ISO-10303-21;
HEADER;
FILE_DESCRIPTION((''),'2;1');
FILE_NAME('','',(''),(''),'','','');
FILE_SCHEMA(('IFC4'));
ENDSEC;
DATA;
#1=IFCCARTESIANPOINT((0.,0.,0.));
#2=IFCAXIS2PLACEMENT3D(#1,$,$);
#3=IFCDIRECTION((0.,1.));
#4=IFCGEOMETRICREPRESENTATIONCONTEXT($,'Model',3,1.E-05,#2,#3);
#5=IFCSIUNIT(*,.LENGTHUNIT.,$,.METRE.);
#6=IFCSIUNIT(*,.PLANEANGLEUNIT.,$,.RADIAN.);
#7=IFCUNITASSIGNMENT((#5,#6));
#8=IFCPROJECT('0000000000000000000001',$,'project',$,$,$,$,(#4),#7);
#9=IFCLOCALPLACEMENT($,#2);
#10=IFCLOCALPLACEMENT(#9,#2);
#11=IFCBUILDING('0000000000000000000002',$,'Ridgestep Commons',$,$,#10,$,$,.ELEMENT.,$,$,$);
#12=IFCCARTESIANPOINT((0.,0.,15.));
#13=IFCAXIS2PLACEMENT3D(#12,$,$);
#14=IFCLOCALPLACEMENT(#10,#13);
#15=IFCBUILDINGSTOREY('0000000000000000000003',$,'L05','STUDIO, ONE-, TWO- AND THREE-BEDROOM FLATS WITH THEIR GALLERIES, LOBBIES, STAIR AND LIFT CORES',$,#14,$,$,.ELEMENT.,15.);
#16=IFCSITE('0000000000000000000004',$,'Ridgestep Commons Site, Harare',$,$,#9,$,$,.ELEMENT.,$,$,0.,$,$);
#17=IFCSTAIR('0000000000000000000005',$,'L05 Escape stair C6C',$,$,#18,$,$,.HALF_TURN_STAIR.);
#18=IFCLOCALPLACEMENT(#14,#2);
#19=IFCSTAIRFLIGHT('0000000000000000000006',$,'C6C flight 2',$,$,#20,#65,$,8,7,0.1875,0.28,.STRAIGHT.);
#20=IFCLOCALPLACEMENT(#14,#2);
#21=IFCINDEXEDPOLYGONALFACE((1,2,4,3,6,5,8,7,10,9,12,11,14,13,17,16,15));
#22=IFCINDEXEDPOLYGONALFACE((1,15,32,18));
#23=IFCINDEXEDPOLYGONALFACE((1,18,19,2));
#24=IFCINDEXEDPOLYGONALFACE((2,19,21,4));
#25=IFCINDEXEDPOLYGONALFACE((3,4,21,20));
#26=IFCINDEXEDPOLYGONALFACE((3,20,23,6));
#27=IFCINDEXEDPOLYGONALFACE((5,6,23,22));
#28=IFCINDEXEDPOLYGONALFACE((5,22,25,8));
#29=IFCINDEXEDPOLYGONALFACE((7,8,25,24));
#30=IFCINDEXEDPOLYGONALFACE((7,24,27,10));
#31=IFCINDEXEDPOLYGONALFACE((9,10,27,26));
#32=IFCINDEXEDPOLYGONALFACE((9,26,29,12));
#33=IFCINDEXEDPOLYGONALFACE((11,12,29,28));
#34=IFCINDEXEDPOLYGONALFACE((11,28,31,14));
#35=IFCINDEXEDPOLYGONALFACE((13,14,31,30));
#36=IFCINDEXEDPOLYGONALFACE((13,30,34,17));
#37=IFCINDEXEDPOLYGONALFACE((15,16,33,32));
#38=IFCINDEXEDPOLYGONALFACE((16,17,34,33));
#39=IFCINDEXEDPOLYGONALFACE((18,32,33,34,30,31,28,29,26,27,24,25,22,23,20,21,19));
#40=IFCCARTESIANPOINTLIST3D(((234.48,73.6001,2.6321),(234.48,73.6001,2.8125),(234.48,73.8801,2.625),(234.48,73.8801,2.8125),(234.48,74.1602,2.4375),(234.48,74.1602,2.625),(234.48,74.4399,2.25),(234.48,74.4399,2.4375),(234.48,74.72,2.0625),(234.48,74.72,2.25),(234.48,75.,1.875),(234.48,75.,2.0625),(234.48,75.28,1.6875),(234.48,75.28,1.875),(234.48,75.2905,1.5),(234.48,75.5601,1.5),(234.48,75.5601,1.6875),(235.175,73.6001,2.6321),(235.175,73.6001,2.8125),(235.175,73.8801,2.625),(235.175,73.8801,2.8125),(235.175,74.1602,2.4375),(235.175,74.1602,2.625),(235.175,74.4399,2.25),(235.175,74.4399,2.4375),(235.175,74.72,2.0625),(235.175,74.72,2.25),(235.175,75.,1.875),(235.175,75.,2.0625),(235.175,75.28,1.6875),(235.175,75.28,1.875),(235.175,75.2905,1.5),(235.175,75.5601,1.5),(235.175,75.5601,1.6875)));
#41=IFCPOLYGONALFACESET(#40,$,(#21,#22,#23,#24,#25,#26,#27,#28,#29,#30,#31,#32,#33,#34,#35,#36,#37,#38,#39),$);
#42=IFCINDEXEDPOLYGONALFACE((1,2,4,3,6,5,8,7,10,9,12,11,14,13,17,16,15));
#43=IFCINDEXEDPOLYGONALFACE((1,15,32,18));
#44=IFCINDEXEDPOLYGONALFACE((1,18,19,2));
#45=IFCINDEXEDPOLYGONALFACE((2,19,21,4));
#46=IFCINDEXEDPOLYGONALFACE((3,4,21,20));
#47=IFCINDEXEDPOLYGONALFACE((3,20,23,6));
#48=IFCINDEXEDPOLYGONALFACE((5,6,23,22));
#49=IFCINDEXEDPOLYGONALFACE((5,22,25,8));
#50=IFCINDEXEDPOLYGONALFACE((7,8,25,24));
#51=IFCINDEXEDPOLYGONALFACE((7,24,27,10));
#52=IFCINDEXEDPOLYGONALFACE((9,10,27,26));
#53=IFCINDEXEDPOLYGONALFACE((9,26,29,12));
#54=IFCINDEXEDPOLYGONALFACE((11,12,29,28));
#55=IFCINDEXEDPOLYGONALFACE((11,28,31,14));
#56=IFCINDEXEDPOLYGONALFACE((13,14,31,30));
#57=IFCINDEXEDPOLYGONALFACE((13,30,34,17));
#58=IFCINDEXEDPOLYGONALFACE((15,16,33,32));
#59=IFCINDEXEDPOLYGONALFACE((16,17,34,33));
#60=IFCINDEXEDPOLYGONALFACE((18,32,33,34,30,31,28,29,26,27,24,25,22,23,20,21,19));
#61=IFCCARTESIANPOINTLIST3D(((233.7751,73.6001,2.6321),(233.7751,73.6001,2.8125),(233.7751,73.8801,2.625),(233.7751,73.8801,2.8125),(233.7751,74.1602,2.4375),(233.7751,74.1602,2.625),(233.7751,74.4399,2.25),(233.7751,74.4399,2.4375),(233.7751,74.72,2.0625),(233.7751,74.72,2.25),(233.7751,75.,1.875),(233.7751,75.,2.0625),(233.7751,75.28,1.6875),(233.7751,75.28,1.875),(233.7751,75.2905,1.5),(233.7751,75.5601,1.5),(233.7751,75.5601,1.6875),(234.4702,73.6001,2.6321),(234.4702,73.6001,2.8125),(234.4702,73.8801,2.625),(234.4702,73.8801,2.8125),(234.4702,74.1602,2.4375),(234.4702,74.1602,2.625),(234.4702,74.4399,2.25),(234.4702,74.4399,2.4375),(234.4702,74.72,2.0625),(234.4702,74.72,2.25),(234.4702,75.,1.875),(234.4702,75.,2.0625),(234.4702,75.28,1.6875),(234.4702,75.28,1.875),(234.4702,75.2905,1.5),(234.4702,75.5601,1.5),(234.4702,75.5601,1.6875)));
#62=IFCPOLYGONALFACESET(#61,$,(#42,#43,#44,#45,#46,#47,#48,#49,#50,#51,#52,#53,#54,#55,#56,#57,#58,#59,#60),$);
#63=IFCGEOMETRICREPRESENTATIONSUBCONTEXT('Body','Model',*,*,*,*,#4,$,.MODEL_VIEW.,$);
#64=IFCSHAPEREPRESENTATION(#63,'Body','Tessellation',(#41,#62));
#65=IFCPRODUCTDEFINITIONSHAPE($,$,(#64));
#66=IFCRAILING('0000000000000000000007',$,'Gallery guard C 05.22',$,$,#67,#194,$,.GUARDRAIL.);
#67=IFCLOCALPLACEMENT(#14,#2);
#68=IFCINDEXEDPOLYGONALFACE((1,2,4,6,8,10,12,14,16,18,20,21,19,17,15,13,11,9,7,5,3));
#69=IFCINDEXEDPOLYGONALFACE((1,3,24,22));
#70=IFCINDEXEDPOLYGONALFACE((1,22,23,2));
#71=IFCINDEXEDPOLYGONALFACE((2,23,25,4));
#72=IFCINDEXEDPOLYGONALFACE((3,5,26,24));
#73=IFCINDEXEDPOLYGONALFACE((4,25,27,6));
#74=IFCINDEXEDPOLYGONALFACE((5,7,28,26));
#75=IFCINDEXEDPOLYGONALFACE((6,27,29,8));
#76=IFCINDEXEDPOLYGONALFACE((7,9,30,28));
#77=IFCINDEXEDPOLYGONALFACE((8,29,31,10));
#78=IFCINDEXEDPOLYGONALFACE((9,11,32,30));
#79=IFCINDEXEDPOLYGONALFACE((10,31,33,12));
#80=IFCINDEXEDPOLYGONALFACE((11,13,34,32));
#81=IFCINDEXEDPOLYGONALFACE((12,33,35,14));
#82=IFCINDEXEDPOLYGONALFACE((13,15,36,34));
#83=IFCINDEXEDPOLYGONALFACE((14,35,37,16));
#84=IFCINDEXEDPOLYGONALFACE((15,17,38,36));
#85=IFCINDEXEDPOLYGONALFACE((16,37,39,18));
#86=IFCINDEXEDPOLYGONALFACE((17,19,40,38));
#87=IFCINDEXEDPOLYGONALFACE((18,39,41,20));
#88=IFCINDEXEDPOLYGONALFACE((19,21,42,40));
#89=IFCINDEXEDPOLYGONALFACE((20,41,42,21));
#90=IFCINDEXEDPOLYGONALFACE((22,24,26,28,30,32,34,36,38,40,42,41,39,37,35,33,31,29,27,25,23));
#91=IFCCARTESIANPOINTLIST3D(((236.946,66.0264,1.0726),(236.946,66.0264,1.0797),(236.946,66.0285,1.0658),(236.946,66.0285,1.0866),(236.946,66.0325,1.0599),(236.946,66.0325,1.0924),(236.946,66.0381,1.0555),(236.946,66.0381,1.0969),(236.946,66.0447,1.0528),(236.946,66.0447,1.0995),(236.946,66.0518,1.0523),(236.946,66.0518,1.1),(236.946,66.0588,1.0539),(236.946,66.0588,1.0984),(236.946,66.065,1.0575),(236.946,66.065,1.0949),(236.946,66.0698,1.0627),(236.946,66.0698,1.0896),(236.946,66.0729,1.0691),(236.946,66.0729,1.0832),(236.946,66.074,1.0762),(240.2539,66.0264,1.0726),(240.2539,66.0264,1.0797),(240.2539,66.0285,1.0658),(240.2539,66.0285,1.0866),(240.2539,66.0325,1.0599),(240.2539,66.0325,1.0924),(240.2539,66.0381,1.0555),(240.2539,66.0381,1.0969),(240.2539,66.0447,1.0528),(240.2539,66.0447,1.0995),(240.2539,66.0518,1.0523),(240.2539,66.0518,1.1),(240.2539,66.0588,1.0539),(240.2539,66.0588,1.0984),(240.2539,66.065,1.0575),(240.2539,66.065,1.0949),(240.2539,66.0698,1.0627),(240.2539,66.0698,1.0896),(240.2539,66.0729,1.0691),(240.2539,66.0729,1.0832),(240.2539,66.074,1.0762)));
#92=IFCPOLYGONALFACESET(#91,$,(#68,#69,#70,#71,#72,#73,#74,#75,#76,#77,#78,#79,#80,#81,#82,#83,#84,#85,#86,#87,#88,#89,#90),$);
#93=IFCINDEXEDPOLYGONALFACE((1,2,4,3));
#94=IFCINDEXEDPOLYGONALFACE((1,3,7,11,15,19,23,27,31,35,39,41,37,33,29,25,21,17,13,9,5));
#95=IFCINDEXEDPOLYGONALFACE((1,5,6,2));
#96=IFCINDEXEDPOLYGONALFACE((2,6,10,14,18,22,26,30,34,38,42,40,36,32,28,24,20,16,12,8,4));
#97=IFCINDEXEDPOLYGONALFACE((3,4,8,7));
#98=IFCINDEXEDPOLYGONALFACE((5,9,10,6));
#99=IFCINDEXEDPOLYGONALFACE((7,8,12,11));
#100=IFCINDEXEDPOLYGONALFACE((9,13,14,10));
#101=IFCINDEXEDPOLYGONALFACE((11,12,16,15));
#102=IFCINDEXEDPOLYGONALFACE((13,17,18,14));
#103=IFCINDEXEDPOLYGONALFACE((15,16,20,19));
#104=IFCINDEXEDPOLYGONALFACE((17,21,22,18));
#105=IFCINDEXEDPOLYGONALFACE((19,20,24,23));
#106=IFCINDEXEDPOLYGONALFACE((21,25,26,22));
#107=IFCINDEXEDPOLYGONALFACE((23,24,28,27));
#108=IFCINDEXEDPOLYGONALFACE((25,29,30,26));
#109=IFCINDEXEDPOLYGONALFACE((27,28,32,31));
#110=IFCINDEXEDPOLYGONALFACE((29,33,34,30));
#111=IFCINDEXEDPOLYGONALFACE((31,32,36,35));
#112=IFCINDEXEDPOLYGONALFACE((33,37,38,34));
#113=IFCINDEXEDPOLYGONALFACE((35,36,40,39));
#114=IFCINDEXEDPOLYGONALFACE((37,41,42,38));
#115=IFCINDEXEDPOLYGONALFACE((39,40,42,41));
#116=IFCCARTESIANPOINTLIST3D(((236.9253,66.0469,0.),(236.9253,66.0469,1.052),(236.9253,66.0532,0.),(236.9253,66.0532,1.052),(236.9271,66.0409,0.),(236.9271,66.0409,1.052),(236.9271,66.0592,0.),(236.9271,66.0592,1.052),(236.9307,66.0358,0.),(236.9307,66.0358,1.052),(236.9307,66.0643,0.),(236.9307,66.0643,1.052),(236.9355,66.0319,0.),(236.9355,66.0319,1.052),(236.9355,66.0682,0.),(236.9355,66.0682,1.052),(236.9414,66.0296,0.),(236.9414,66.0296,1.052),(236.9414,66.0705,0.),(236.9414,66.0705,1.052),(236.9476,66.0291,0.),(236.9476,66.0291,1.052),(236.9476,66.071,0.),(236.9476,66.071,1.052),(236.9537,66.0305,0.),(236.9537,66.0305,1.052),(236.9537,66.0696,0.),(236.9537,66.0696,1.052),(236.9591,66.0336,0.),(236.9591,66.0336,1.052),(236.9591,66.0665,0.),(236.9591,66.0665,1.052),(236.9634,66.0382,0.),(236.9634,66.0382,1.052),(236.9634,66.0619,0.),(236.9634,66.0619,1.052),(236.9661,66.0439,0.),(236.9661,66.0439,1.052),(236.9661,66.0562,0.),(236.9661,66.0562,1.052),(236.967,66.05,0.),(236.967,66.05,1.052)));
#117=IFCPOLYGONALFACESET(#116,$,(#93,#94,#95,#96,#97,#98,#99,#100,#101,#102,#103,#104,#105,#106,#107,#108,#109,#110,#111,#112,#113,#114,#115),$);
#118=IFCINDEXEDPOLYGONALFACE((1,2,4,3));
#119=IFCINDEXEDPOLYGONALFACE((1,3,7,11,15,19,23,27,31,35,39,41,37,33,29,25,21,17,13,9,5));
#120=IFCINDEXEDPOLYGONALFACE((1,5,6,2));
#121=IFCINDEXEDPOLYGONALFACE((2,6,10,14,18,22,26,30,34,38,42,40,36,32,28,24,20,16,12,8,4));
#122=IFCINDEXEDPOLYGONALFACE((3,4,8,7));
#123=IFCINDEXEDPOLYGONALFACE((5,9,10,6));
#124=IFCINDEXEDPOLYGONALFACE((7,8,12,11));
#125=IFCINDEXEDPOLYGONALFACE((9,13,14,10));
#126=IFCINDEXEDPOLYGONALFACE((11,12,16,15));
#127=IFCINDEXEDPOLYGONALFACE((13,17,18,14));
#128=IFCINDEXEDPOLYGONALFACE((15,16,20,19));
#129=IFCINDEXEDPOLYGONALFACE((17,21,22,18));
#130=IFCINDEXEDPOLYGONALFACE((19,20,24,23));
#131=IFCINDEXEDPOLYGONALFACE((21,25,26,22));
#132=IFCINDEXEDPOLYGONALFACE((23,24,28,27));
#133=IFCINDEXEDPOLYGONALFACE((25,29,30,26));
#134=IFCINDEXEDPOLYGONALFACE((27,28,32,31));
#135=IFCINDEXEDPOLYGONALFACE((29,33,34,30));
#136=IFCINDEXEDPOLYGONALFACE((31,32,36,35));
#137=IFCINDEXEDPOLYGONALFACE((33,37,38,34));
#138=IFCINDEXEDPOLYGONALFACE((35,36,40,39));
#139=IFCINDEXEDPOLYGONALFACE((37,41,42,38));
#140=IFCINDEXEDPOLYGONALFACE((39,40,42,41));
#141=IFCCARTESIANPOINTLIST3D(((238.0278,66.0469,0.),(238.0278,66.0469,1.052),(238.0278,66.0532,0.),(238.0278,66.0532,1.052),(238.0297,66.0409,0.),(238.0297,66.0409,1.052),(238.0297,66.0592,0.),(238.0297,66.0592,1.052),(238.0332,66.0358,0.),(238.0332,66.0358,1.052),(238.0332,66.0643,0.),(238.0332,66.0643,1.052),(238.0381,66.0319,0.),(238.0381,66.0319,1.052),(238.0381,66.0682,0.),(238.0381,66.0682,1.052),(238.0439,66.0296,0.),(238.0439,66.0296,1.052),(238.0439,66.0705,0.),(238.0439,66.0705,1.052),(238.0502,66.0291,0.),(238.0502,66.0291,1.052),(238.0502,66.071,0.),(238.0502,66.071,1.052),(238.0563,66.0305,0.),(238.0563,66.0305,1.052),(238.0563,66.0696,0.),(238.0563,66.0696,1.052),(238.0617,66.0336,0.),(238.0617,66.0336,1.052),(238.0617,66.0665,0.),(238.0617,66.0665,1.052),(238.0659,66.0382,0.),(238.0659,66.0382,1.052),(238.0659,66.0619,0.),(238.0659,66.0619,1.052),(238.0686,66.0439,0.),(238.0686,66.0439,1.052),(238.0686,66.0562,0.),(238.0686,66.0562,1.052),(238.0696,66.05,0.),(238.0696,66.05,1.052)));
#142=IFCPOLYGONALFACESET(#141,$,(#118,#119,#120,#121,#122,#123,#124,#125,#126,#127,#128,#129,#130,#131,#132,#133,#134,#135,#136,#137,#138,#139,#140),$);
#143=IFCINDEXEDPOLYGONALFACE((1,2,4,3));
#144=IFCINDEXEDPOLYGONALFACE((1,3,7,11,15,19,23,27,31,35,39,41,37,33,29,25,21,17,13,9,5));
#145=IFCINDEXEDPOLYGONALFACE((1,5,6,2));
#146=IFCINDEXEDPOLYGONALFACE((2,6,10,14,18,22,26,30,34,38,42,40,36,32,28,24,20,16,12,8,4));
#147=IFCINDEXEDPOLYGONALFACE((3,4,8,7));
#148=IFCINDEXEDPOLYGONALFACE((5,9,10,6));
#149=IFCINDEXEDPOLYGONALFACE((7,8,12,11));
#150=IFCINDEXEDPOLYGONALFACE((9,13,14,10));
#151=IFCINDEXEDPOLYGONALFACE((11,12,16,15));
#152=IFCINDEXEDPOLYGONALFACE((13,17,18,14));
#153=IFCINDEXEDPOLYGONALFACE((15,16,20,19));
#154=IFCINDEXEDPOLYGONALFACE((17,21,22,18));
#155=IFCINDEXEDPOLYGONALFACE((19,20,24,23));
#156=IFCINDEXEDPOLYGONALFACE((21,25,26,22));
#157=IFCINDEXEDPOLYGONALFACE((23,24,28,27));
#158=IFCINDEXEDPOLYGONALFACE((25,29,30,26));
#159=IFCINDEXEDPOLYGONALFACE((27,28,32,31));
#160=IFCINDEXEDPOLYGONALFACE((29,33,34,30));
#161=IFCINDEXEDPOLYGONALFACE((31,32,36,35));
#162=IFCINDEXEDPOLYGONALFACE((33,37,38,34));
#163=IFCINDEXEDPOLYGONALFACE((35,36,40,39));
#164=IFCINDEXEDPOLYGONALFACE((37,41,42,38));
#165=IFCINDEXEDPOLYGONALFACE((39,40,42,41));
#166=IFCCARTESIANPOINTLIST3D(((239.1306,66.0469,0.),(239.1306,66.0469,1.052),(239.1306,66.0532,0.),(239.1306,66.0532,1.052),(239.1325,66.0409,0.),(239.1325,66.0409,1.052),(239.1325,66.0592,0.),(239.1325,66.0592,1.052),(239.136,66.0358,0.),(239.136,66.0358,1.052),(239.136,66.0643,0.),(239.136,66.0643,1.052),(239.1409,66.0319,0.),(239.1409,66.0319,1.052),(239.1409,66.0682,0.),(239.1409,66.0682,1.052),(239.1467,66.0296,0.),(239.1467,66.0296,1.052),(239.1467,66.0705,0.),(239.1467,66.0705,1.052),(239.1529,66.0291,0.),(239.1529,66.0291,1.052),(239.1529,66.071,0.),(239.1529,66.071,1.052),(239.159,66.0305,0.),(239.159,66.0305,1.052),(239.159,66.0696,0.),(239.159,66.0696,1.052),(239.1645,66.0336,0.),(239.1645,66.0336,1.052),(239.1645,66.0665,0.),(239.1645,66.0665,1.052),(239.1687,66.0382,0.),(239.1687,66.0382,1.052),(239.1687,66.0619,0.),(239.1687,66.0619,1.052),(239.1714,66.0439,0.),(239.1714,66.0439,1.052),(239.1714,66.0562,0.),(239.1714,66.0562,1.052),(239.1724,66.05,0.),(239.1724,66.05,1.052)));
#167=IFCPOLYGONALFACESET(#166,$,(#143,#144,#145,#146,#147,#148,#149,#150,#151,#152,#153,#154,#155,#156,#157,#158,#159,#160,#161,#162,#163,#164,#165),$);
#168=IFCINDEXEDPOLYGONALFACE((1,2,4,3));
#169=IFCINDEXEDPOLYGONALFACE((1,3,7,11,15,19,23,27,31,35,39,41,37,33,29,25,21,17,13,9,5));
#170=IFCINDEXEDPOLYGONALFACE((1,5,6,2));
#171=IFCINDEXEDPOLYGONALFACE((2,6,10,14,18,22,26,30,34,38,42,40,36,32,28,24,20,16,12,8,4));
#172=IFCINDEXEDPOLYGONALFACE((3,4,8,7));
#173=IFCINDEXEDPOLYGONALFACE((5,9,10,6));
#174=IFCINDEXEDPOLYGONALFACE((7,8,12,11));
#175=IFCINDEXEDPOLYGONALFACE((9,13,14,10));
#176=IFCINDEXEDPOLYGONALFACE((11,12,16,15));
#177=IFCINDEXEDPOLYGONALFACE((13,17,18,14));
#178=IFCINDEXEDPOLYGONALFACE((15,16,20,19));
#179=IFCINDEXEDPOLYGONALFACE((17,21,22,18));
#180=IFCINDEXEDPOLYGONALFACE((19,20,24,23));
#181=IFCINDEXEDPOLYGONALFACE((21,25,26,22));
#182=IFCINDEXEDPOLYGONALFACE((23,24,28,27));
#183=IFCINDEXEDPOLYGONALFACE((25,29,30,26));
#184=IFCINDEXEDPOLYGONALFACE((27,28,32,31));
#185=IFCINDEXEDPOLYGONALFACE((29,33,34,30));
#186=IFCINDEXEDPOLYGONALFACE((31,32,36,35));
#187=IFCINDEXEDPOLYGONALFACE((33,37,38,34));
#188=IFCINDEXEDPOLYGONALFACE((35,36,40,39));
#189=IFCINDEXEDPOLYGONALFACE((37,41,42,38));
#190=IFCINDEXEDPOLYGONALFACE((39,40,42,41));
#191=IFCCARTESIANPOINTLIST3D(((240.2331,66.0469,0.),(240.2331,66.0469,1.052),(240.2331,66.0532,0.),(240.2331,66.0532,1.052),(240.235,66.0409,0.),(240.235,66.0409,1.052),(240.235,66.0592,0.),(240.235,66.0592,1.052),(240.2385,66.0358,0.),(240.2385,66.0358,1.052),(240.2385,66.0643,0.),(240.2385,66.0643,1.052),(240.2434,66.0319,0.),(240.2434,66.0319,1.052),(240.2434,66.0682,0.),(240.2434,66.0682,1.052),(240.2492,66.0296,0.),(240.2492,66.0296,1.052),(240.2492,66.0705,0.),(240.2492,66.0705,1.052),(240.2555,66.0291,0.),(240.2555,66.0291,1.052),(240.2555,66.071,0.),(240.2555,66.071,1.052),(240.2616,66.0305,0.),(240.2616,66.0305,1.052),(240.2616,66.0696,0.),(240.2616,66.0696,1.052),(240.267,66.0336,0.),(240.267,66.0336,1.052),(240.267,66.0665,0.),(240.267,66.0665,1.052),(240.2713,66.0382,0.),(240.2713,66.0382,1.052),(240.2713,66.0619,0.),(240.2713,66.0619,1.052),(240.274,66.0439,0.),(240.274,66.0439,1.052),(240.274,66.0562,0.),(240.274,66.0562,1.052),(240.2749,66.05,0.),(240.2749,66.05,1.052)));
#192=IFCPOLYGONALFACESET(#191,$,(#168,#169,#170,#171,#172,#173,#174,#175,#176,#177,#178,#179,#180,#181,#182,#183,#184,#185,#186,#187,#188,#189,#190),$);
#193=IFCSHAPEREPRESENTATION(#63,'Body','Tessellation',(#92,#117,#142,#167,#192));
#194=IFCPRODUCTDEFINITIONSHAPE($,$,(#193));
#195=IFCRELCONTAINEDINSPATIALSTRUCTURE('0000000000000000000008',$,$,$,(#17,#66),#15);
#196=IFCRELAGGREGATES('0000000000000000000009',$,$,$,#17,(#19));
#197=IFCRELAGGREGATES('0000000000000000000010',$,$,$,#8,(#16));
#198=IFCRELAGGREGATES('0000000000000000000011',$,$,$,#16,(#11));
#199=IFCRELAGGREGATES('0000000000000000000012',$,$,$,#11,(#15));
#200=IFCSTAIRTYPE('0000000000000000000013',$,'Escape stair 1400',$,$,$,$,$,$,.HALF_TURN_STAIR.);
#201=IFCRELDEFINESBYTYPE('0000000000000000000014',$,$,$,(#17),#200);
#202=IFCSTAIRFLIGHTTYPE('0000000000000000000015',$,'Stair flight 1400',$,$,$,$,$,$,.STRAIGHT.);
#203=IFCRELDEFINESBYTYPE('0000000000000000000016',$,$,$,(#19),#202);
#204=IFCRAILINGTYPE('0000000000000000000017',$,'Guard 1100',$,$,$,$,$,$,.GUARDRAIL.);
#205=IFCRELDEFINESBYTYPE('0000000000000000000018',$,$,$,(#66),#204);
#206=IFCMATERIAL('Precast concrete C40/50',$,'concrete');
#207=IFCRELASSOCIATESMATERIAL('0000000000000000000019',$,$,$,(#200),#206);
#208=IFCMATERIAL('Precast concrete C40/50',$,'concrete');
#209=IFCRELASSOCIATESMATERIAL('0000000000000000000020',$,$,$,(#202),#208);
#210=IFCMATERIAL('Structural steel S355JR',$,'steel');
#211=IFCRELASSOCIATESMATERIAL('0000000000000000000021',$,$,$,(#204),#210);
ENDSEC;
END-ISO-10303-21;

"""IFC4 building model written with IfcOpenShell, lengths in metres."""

from ifc_helpers import new_model, si_unit, direction, frame, origin, origin_2d, place, context, subcontext, project, spatial, polyline, circle, outline, extrude, material, type_object, element, aggregate, save


model = new_model("IFC4")

# Units and contexts
model_context = context("Model", 3, precision=1e-05, world=origin(), true_north=direction((0.0, 1.0)))
body_context = subcontext(model_context, "Body", "Model", "MODEL_VIEW")
ifc_project = project(units=[si_unit("LENGTHUNIT", "METRE"), si_unit("PLANEANGLEUNIT", "RADIAN")], contexts=[model_context])

# Site, building, storey
site_placement = place(None, origin())
site = spatial("IfcSite", under=ifc_project, at=site_placement, Name="Ridgestep Commons Site, Harare", CompositionType="ELEMENT", RefElevation=0.0)
building_placement = place(site_placement, origin())
building = spatial("IfcBuilding", under=site, at=building_placement, Name="Ridgestep Commons", CompositionType="ELEMENT")
storey_placement = place(building_placement, frame((0.0, 0.0, 15.0)))
storey = spatial("IfcBuildingStorey", under=building, at=storey_placement, Name="L05", Description="STUDIO, ONE-, TWO- AND THREE-BEDROOM FLATS WITH THEIR GALLERIES, LOBBIES, STAIR AND LIFT CORES", CompositionType="ELEMENT", Elevation=15.0)

# Stair, stair flight
ifc_material_1 = material(Name="Precast concrete C40/50", Category="concrete")
stair_type = type_object("IfcStairType", Name="Escape stair 1400", PredefinedType="HALF_TURN_STAIR", material=ifc_material_1)
stair_placement = place(storey_placement, origin())
stair = element("IfcStair", 1, at=stair_placement, inside=storey, type_object=stair_type, Name="L05 Escape stair C6C", PredefinedType="HALF_TURN_STAIR")
ifc_material_2 = material(Name="Precast concrete C40/50", Category="concrete")
stair_flight_type = type_object("IfcStairFlightType", Name="Stair flight 1400", PredefinedType="STRAIGHT", material=ifc_material_2)
stair_flight_1_placement = place(storey_placement, frame((234.4751, 75.5601, 1.5), z_axis=(0.0, 0.0, 1.0), x_axis=(0.0, -1.0, 0.0)))
stair_flight_1 = element("IfcStairFlight", 2, at=stair_flight_1_placement, type_object=stair_flight_type, Name="C6C flight 2", NumberOfRisers=8, NumberOfTreads=7, PredefinedType="STRAIGHT", RiserHeight=0.1875, TreadLength=0.28, context=body_context, shape_type="SweptSolid", body=[
    extrude(outline(polyline([(0.0, 0.0), (0.0, 0.1875), (0.28, 0.1875), (0.28, 0.375), (0.5601, 0.375), (0.5601, 0.5625), (0.8401, 0.5625), (0.8401, 0.75), (1.1201, 0.75), (1.1201, 0.9375), (1.3999, 0.9375), (1.3999, 1.125), (1.6799, 1.125), (1.6799, 1.3125), (1.96, 1.3125), (1.96, 1.5), (1.96, 1.1321), (0.2695, 0.0), (0.0, 0.0)])), frame((0.0, 0.7, 0.0), z_axis=(0.0, -1.0, 0.0), x_axis=(1.0, 0.0, 0.0)), (0.0, 0.0, 1.0), 0.6951),
    extrude(outline(polyline([(0.0, 0.0), (0.0, 0.1875), (0.28, 0.1875), (0.28, 0.375), (0.5601, 0.375), (0.5601, 0.5625), (0.8401, 0.5625), (0.8401, 0.75), (1.1201, 0.75), (1.1201, 0.9375), (1.3999, 0.9375), (1.3999, 1.125), (1.6799, 1.125), (1.6799, 1.3125), (1.96, 1.3125), (1.96, 1.5), (1.96, 1.1321), (0.2695, 0.0), (0.0, 0.0)])), frame((0.0, -0.0049, 0.0), z_axis=(0.0, -1.0, 0.0), x_axis=(1.0, 0.0, 0.0)), (0.0, 0.0, 1.0), 0.6951),
])
aggregate(stair, [stair_flight_1])

# Railing
ifc_material_3 = material(Name="Structural steel S355JR", Category="steel")
railing_type_1 = type_object("IfcRailingType", Name="Guard 1100", PredefinedType="GUARDRAIL", material=ifc_material_3)
railing_1_placement = place(storey_placement, frame((236.946, 66.05, 0.0)))
element("IfcRailing", 3, at=railing_1_placement, inside=storey, type_object=railing_type_1, Name="Gallery guard C 05.22", PredefinedType="GUARDRAIL", context=body_context, shape_type="SweptSolid", body=[
    extrude(circle(Radius=0.0239, at=origin_2d()), frame((0.0, 0.0, 1.0762), z_axis=(1.0, 0.0, 0.0), x_axis=(0.0, 1.0, 0.0)), (0.0, 0.0, 1.0), 3.3079),
    extrude(circle(Radius=0.021, at=origin_2d()), origin(), (0.0, 0.0, 1.0), 1.052),
    extrude(circle(Radius=0.021, at=origin_2d()), frame((1.1025, 0.0, 0.0)), (0.0, 0.0, 1.0), 1.052),
    extrude(circle(Radius=0.021, at=origin_2d()), frame((2.2053, 0.0, 0.0)), (0.0, 0.0, 1.0), 1.052),
    extrude(circle(Radius=0.021, at=origin_2d()), frame((3.3079, 0.0, 0.0)), (0.0, 0.0, 1.0), 1.052),
])

save(model, "model.ifc")
